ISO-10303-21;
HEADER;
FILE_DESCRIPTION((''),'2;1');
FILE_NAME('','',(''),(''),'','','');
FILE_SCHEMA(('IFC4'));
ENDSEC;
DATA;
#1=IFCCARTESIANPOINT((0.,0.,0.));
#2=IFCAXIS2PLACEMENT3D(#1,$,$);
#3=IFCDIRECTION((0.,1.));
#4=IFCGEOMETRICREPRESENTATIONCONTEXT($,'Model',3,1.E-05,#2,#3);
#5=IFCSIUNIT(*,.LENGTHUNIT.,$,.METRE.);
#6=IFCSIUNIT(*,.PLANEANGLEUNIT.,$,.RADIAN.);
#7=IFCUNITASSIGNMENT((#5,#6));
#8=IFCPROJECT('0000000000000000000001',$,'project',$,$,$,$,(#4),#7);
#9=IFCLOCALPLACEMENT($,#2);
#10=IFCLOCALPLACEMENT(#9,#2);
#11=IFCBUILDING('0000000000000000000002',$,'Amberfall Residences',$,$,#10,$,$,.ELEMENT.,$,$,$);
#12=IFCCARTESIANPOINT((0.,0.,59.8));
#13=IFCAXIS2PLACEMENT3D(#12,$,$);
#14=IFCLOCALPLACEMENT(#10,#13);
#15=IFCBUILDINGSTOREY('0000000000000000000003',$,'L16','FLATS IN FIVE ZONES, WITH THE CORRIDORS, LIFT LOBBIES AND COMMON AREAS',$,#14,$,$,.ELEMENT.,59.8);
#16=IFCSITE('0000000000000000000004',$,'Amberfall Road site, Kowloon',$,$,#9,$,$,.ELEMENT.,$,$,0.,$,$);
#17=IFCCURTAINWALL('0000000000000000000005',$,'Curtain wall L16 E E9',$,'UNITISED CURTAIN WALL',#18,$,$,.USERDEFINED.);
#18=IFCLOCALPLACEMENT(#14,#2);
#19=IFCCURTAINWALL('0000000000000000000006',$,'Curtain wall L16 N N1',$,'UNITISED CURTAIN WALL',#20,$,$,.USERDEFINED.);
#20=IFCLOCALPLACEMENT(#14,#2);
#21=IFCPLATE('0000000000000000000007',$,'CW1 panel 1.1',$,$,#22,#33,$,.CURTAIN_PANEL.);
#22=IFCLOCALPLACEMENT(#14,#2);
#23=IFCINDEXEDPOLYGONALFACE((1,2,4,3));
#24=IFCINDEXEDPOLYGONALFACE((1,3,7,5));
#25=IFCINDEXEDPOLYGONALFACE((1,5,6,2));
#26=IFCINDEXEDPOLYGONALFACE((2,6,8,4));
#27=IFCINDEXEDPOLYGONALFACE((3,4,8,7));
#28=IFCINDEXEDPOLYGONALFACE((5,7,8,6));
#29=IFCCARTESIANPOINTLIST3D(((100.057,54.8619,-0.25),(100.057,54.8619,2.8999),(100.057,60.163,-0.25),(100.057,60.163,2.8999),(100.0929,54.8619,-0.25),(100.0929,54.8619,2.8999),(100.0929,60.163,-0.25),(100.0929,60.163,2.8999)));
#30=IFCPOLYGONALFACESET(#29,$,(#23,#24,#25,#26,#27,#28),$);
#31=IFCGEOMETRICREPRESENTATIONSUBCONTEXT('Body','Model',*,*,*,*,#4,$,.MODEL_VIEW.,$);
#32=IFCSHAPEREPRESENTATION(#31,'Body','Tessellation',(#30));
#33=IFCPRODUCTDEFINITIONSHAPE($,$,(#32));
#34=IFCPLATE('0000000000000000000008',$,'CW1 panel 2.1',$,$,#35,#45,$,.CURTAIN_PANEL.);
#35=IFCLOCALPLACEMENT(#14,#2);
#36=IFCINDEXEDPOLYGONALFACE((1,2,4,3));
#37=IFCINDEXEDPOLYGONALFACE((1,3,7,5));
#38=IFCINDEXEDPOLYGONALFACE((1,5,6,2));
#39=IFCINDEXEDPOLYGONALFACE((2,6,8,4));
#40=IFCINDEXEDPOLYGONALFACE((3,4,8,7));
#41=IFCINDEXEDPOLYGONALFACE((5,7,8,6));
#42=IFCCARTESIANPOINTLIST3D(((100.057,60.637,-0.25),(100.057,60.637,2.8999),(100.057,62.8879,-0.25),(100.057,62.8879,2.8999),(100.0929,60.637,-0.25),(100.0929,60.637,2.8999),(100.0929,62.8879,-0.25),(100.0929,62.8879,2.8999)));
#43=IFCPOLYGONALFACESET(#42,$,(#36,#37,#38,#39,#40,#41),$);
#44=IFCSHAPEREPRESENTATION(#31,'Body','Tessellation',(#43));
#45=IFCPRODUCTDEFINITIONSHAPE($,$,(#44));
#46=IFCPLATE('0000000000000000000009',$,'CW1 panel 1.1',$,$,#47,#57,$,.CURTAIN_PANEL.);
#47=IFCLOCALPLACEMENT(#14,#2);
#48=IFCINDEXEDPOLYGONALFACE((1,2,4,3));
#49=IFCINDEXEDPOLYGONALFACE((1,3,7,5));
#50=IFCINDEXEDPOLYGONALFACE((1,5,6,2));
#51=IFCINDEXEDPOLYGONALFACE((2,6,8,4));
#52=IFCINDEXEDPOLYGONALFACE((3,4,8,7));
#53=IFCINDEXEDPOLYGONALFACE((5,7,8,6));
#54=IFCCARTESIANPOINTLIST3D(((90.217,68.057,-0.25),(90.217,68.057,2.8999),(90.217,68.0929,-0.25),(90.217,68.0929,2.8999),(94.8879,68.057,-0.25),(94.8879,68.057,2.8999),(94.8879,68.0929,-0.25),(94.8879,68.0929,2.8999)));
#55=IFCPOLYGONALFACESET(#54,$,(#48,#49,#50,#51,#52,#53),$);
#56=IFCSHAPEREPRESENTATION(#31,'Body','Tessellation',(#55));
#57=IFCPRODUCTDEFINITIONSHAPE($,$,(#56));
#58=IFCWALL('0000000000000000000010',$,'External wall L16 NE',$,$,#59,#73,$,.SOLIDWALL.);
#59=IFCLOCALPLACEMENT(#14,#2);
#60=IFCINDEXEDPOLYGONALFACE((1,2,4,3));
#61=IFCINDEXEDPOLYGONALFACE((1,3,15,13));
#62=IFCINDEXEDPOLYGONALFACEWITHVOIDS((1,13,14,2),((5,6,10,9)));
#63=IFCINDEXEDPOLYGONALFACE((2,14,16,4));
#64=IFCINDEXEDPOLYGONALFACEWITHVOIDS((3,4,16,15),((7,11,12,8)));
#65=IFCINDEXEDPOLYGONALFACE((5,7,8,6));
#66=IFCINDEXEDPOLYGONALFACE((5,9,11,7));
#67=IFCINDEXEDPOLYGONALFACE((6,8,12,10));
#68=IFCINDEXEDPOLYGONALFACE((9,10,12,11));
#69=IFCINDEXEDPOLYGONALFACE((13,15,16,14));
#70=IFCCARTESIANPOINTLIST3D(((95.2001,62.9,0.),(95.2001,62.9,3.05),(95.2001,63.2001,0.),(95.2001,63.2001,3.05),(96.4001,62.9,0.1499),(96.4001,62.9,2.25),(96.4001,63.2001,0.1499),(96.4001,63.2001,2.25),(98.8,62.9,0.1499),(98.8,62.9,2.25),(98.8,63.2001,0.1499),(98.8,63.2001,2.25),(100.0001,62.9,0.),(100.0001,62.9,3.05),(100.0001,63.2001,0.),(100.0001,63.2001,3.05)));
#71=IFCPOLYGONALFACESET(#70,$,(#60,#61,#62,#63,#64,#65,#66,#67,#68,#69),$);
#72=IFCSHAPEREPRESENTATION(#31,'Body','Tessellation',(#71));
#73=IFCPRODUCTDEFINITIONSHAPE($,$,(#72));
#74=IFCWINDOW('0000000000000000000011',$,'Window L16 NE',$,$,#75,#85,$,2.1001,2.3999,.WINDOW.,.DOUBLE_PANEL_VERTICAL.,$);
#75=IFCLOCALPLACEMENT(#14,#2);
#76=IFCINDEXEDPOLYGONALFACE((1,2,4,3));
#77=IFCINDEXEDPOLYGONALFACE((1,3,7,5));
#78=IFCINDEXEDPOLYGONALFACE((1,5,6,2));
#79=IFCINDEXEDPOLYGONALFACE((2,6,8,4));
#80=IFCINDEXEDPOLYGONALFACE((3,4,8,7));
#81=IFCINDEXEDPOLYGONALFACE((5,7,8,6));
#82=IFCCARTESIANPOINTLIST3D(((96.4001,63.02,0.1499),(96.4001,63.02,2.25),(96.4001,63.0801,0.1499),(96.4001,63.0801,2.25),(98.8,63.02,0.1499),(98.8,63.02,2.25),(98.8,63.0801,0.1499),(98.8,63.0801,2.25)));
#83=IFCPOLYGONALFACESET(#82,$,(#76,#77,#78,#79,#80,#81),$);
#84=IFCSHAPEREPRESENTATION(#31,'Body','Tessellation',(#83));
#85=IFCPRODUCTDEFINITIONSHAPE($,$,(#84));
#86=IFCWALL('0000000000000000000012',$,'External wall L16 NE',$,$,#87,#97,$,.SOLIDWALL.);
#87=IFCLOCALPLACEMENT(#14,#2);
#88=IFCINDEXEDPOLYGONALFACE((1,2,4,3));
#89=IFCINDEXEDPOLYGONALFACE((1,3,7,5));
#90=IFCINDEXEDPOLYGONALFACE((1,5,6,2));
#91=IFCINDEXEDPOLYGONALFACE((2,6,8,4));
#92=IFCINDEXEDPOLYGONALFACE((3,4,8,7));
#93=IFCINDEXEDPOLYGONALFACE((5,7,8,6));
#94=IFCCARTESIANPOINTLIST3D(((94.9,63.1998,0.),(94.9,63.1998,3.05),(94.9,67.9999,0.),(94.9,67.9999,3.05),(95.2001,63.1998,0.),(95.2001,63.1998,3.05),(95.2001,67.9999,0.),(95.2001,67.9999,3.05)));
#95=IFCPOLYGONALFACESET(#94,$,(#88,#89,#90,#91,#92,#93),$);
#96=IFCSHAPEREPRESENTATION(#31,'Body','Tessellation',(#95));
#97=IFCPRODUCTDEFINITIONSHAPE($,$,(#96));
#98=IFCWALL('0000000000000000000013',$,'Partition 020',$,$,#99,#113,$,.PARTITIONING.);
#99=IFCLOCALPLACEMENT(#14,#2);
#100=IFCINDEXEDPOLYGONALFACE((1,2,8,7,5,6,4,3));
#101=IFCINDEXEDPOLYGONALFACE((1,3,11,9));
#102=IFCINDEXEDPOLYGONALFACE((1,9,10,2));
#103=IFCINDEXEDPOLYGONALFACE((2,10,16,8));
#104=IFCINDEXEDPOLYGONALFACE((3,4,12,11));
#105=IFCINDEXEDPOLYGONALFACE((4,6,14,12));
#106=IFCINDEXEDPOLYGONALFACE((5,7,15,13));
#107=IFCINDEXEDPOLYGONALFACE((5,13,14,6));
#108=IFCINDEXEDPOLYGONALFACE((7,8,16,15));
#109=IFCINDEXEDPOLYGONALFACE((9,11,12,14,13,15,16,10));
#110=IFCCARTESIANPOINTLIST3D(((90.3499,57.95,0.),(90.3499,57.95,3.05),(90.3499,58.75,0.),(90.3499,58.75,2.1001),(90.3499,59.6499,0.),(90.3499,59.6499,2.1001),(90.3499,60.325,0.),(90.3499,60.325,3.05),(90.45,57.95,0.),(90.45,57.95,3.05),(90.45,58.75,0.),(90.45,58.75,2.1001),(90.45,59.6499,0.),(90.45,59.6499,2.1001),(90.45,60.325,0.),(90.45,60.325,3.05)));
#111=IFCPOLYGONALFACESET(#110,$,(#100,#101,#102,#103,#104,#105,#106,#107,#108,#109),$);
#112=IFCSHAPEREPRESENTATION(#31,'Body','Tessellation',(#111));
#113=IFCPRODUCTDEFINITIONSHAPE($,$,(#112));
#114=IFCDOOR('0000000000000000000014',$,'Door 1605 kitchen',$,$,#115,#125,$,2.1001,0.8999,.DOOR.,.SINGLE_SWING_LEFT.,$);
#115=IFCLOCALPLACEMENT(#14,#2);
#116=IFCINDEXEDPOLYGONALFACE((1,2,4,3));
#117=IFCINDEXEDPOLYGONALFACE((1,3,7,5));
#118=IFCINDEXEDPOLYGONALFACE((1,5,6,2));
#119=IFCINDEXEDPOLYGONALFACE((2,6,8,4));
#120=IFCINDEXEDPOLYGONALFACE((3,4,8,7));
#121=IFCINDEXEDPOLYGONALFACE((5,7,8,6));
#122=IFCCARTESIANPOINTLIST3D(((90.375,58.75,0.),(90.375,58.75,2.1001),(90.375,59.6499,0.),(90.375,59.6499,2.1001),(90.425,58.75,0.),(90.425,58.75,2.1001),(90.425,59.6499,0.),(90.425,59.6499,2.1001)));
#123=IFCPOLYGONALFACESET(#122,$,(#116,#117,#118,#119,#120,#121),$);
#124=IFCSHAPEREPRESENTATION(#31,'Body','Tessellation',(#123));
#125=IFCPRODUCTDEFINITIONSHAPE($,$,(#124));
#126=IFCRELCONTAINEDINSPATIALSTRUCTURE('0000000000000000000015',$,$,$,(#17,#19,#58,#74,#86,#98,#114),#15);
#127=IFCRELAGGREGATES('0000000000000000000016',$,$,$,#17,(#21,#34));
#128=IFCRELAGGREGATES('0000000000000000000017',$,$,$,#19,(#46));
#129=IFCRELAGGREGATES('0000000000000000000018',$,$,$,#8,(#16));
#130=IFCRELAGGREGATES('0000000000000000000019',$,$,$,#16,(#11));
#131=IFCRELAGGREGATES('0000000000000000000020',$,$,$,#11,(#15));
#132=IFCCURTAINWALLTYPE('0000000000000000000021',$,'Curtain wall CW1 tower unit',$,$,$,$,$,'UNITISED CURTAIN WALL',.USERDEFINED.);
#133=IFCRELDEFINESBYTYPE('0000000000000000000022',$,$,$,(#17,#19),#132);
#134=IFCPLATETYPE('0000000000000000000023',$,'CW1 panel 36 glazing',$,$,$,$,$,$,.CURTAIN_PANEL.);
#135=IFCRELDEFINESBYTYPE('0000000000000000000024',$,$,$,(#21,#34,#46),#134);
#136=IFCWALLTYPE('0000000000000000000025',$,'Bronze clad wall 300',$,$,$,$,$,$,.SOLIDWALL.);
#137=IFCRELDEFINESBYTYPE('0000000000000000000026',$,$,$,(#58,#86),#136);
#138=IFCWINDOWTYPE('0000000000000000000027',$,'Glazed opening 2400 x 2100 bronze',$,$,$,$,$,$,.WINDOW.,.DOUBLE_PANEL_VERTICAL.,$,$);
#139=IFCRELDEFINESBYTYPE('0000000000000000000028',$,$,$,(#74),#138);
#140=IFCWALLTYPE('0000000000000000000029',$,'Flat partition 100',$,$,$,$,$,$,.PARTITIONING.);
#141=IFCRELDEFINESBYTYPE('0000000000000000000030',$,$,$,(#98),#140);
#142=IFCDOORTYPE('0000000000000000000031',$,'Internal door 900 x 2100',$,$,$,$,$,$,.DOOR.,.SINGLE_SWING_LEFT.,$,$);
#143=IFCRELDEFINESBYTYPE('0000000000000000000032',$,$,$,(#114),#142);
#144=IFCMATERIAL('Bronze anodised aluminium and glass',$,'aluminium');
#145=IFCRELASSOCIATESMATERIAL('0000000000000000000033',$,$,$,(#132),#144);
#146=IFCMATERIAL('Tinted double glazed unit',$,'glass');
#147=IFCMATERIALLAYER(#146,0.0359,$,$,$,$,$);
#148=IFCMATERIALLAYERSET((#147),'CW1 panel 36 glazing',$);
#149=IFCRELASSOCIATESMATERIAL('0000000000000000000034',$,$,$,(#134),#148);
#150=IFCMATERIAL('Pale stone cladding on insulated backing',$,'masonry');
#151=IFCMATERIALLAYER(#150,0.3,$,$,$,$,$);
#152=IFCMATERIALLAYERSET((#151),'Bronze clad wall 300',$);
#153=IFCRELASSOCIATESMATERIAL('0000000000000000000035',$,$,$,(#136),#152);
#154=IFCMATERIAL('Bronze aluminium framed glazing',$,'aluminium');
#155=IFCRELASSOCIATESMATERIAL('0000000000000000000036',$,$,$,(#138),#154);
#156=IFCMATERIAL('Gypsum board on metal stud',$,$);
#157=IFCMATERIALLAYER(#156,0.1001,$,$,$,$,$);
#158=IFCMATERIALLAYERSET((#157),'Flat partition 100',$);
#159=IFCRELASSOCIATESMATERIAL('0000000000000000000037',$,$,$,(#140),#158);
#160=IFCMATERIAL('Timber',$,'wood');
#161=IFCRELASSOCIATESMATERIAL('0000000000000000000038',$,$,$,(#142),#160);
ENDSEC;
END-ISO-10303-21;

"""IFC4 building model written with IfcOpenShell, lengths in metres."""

from ifc_helpers import new_model, si_unit, direction, frame, frame_2d, origin, origin_2d, place, context, subcontext, project, spatial, rectangle, extrude, material, layer, layer_set, type_object, element, fill, aggregate, save


model = new_model("IFC4")

# Units and contexts
model_context = context("Model", 3, precision=1e-05, world=origin(), true_north=direction((0.0, 1.0)))
body_context = subcontext(model_context, "Body", "Model", "MODEL_VIEW")
ifc_project = project(units=[si_unit("LENGTHUNIT", "METRE"), si_unit("PLANEANGLEUNIT", "RADIAN")], contexts=[model_context])

# Site, building, storey
site_placement = place(None, origin())
site = spatial("IfcSite", under=ifc_project, at=site_placement, Name="Amberfall Road site, Kowloon", CompositionType="ELEMENT", RefElevation=0.0)
building_placement = place(site_placement, origin())
building = spatial("IfcBuilding", under=site, at=building_placement, Name="Amberfall Residences", CompositionType="ELEMENT")
storey_placement = place(building_placement, frame((0.0, 0.0, 59.8)))
storey = spatial("IfcBuildingStorey", under=building, at=storey_placement, Name="L16", Description="FLATS IN FIVE ZONES, WITH THE CORRIDORS, LIFT LOBBIES AND COMMON AREAS", CompositionType="ELEMENT", Elevation=59.8)

# Curtain walls
ifc_material_1 = material(Name="Bronze anodised aluminium and glass", Category="aluminium")
curtain_wall_type = type_object("IfcCurtainWallType", Name="Curtain wall CW1 tower unit", ElementType="UNITISED CURTAIN WALL", PredefinedType="USERDEFINED", material=ifc_material_1)
curtain_wall_1_placement = place(storey_placement, origin())
curtain_wall_1 = element("IfcCurtainWall", 1, at=curtain_wall_1_placement, inside=storey, type_object=curtain_wall_type, Name="Curtain wall L16 E E9", ObjectType="UNITISED CURTAIN WALL", PredefinedType="USERDEFINED")
curtain_wall_2_placement = place(storey_placement, origin())
curtain_wall_2 = element("IfcCurtainWall", 2, at=curtain_wall_2_placement, inside=storey, type_object=curtain_wall_type, Name="Curtain wall L16 N N1", ObjectType="UNITISED CURTAIN WALL", PredefinedType="USERDEFINED")

# Plates
ifc_material_2 = material(Name="Tinted double glazed unit", Category="glass")
ifc_layer_1 = layer(ifc_material_2, 0.0359)
ifc_layer_set_1 = layer_set([ifc_layer_1], Name="CW1 panel 36 glazing")
plate_type = type_object("IfcPlateType", Name="CW1 panel 36 glazing", PredefinedType="CURTAIN_PANEL", material=ifc_layer_set_1)
plate_1_placement = place(storey_placement, frame((100.075, 57.5125, -0.25), z_axis=(0.0, 0.0, 1.0), x_axis=(0.0, 1.0, 0.0)))
plate_1 = element("IfcPlate", 3, at=plate_1_placement, type_object=plate_type, Name="CW1 panel 1.1", PredefinedType="CURTAIN_PANEL", context=body_context, shape_type="SweptSolid", body=[
    extrude(rectangle(XDim=5.301, YDim=0.0359, at=origin_2d()), origin(), (0.0, 0.0, 1.0), 3.1499),
])
plate_2_placement = place(storey_placement, frame((100.075, 61.7625, -0.25), z_axis=(0.0, 0.0, 1.0), x_axis=(0.0, 1.0, 0.0)))
plate_2 = element("IfcPlate", 4, at=plate_2_placement, type_object=plate_type, Name="CW1 panel 2.1", PredefinedType="CURTAIN_PANEL", context=body_context, shape_type="SweptSolid", body=[
    extrude(rectangle(XDim=2.251, YDim=0.0359, at=origin_2d()), origin(), (0.0, 0.0, 1.0), 3.1499),
])
aggregate(curtain_wall_1, [plate_1, plate_2])
plate_3_placement = place(storey_placement, frame((92.5525, 68.075, -0.25), z_axis=(0.0, 0.0, 1.0), x_axis=(-1.0, 0.0, 0.0)))
plate_3 = element("IfcPlate", 5, at=plate_3_placement, type_object=plate_type, Name="CW1 panel 1.1", PredefinedType="CURTAIN_PANEL", context=body_context, shape_type="SweptSolid", body=[
    extrude(rectangle(XDim=4.6709, YDim=0.0359, at=origin_2d()), origin(), (0.0, 0.0, 1.0), 3.1499),
])
aggregate(curtain_wall_2, [plate_3])

# Wall, opening, window
ifc_material_3 = material(Name="Pale stone cladding on insulated backing", Category="masonry")
ifc_layer_2 = layer(ifc_material_3, 0.3)
ifc_layer_set_2 = layer_set([ifc_layer_2], Name="Bronze clad wall 300")
wall_type_1 = type_object("IfcWallType", Name="Bronze clad wall 300", PredefinedType="SOLIDWALL", material=ifc_layer_set_2)
wall_1_placement = place(storey_placement, frame((100.0, 63.05, 0.0), z_axis=(0.0, 0.0, 1.0), x_axis=(-1.0, 0.0, 0.0)))
wall_1 = element("IfcWall", 6, at=wall_1_placement, inside=storey, type_object=wall_type_1, Name="External wall L16 NE", PredefinedType="SOLIDWALL", context=body_context, shape_type="SweptSolid", body=[
    extrude(rectangle(XDim=4.8, YDim=0.3, at=frame_2d((2.3999, 0.0))), origin(), (0.0, 0.0, 1.0), 3.05),
])
opening_1_placement = place(wall_1_placement, frame((1.2, 0.0, 0.1499)))
opening_1 = element("IfcOpeningElement", 7, at=opening_1_placement, cuts=wall_1, PredefinedType="OPENING", context=body_context, shape_type="SweptSolid", body=[
    extrude(rectangle(XDim=2.3999, YDim=2.1001, at=frame_2d((1.2, 1.05))), frame((0.0, 0.1599, 0.0), z_axis=(0.0, -1.0, 0.0), x_axis=(1.0, 0.0, 0.0)), (0.0, 0.0, 1.0), 0.3201),
])
ifc_material_4 = material(Name="Bronze aluminium framed glazing", Category="aluminium")
window_type = type_object("IfcWindowType", Name="Glazed opening 2400 x 2100 bronze", PartitioningType="DOUBLE_PANEL_VERTICAL", PredefinedType="WINDOW", material=ifc_material_4)
window_placement = place(opening_1_placement, origin())
window = element("IfcWindow", 8, at=window_placement, inside=storey, type_object=window_type, Name="Window L16 NE", OverallHeight=2.1001, OverallWidth=2.3999, PartitioningType="DOUBLE_PANEL_VERTICAL", PredefinedType="WINDOW", context=body_context, shape_type="SweptSolid", body=[
    extrude(rectangle(XDim=2.3999, YDim=2.1001, at=frame_2d((1.2, 1.05))), frame((0.0, 0.03, 0.0), z_axis=(0.0, -1.0, 0.0), x_axis=(1.0, 0.0, 0.0)), (0.0, 0.0, 1.0), 0.0601),
])
fill(opening_1, window)

# Wall
wall_2_placement = place(storey_placement, frame((95.05, 63.2, 0.0), z_axis=(0.0, 0.0, 1.0), x_axis=(0.0, 1.0, 0.0)))
element("IfcWall", 9, at=wall_2_placement, inside=storey, type_object=wall_type_1, Name="External wall L16 NE", PredefinedType="SOLIDWALL", context=body_context, shape_type="SweptSolid", body=[
    extrude(rectangle(XDim=4.8, YDim=0.3, at=frame_2d((2.3999, 0.0))), origin(), (0.0, 0.0, 1.0), 3.05),
])

# Wall, opening, door
ifc_material_5 = material(Name="Gypsum board on metal stud")
ifc_layer_3 = layer(ifc_material_5, 0.1001)
ifc_layer_set_3 = layer_set([ifc_layer_3], Name="Flat partition 100")
wall_type_2 = type_object("IfcWallType", Name="Flat partition 100", PredefinedType="PARTITIONING", material=ifc_layer_set_3)
wall_3_placement = place(storey_placement, frame((90.3999, 57.95, 0.0), z_axis=(0.0, 0.0, 1.0), x_axis=(0.0, 1.0, 0.0)))
wall_3 = element("IfcWall", 10, at=wall_3_placement, inside=storey, type_object=wall_type_2, Name="Partition 020", PredefinedType="PARTITIONING", context=body_context, shape_type="SweptSolid", body=[
    extrude(rectangle(XDim=2.375, YDim=0.1001, at=frame_2d((1.1875, 0.0))), origin(), (0.0, 0.0, 1.0), 3.05),
])
opening_2_placement = place(wall_3_placement, frame((0.8, 0.0, 0.0)))
opening_2 = element("IfcOpeningElement", 11, at=opening_2_placement, cuts=wall_3, PredefinedType="OPENING", context=body_context, shape_type="SweptSolid", body=[
    extrude(rectangle(XDim=0.8999, YDim=2.1001, at=frame_2d((0.45, 1.05))), frame((0.0, 0.0601, 0.0), z_axis=(0.0, -1.0, 0.0), x_axis=(1.0, 0.0, 0.0)), (0.0, 0.0, 1.0), 0.1201),
])
ifc_material_6 = material(Name="Timber", Category="wood")
door_type = type_object("IfcDoorType", Name="Internal door 900 x 2100", OperationType="SINGLE_SWING_LEFT", PredefinedType="DOOR", material=ifc_material_6)
door_placement = place(opening_2_placement, origin())
door = element("IfcDoor", 12, at=door_placement, inside=storey, type_object=door_type, Name="Door 1605 kitchen", OperationType="SINGLE_SWING_LEFT", OverallHeight=2.1001, OverallWidth=0.8999, PredefinedType="DOOR", context=body_context, shape_type="SweptSolid", body=[
    extrude(rectangle(XDim=0.8999, YDim=2.1001, at=frame_2d((0.45, 1.05))), frame((0.0, 0.0249, 0.0), z_axis=(0.0, -1.0, 0.0), x_axis=(1.0, 0.0, 0.0)), (0.0, 0.0, 1.0), 0.05),
])
fill(opening_2, door)

save(model, "model.ifc")
